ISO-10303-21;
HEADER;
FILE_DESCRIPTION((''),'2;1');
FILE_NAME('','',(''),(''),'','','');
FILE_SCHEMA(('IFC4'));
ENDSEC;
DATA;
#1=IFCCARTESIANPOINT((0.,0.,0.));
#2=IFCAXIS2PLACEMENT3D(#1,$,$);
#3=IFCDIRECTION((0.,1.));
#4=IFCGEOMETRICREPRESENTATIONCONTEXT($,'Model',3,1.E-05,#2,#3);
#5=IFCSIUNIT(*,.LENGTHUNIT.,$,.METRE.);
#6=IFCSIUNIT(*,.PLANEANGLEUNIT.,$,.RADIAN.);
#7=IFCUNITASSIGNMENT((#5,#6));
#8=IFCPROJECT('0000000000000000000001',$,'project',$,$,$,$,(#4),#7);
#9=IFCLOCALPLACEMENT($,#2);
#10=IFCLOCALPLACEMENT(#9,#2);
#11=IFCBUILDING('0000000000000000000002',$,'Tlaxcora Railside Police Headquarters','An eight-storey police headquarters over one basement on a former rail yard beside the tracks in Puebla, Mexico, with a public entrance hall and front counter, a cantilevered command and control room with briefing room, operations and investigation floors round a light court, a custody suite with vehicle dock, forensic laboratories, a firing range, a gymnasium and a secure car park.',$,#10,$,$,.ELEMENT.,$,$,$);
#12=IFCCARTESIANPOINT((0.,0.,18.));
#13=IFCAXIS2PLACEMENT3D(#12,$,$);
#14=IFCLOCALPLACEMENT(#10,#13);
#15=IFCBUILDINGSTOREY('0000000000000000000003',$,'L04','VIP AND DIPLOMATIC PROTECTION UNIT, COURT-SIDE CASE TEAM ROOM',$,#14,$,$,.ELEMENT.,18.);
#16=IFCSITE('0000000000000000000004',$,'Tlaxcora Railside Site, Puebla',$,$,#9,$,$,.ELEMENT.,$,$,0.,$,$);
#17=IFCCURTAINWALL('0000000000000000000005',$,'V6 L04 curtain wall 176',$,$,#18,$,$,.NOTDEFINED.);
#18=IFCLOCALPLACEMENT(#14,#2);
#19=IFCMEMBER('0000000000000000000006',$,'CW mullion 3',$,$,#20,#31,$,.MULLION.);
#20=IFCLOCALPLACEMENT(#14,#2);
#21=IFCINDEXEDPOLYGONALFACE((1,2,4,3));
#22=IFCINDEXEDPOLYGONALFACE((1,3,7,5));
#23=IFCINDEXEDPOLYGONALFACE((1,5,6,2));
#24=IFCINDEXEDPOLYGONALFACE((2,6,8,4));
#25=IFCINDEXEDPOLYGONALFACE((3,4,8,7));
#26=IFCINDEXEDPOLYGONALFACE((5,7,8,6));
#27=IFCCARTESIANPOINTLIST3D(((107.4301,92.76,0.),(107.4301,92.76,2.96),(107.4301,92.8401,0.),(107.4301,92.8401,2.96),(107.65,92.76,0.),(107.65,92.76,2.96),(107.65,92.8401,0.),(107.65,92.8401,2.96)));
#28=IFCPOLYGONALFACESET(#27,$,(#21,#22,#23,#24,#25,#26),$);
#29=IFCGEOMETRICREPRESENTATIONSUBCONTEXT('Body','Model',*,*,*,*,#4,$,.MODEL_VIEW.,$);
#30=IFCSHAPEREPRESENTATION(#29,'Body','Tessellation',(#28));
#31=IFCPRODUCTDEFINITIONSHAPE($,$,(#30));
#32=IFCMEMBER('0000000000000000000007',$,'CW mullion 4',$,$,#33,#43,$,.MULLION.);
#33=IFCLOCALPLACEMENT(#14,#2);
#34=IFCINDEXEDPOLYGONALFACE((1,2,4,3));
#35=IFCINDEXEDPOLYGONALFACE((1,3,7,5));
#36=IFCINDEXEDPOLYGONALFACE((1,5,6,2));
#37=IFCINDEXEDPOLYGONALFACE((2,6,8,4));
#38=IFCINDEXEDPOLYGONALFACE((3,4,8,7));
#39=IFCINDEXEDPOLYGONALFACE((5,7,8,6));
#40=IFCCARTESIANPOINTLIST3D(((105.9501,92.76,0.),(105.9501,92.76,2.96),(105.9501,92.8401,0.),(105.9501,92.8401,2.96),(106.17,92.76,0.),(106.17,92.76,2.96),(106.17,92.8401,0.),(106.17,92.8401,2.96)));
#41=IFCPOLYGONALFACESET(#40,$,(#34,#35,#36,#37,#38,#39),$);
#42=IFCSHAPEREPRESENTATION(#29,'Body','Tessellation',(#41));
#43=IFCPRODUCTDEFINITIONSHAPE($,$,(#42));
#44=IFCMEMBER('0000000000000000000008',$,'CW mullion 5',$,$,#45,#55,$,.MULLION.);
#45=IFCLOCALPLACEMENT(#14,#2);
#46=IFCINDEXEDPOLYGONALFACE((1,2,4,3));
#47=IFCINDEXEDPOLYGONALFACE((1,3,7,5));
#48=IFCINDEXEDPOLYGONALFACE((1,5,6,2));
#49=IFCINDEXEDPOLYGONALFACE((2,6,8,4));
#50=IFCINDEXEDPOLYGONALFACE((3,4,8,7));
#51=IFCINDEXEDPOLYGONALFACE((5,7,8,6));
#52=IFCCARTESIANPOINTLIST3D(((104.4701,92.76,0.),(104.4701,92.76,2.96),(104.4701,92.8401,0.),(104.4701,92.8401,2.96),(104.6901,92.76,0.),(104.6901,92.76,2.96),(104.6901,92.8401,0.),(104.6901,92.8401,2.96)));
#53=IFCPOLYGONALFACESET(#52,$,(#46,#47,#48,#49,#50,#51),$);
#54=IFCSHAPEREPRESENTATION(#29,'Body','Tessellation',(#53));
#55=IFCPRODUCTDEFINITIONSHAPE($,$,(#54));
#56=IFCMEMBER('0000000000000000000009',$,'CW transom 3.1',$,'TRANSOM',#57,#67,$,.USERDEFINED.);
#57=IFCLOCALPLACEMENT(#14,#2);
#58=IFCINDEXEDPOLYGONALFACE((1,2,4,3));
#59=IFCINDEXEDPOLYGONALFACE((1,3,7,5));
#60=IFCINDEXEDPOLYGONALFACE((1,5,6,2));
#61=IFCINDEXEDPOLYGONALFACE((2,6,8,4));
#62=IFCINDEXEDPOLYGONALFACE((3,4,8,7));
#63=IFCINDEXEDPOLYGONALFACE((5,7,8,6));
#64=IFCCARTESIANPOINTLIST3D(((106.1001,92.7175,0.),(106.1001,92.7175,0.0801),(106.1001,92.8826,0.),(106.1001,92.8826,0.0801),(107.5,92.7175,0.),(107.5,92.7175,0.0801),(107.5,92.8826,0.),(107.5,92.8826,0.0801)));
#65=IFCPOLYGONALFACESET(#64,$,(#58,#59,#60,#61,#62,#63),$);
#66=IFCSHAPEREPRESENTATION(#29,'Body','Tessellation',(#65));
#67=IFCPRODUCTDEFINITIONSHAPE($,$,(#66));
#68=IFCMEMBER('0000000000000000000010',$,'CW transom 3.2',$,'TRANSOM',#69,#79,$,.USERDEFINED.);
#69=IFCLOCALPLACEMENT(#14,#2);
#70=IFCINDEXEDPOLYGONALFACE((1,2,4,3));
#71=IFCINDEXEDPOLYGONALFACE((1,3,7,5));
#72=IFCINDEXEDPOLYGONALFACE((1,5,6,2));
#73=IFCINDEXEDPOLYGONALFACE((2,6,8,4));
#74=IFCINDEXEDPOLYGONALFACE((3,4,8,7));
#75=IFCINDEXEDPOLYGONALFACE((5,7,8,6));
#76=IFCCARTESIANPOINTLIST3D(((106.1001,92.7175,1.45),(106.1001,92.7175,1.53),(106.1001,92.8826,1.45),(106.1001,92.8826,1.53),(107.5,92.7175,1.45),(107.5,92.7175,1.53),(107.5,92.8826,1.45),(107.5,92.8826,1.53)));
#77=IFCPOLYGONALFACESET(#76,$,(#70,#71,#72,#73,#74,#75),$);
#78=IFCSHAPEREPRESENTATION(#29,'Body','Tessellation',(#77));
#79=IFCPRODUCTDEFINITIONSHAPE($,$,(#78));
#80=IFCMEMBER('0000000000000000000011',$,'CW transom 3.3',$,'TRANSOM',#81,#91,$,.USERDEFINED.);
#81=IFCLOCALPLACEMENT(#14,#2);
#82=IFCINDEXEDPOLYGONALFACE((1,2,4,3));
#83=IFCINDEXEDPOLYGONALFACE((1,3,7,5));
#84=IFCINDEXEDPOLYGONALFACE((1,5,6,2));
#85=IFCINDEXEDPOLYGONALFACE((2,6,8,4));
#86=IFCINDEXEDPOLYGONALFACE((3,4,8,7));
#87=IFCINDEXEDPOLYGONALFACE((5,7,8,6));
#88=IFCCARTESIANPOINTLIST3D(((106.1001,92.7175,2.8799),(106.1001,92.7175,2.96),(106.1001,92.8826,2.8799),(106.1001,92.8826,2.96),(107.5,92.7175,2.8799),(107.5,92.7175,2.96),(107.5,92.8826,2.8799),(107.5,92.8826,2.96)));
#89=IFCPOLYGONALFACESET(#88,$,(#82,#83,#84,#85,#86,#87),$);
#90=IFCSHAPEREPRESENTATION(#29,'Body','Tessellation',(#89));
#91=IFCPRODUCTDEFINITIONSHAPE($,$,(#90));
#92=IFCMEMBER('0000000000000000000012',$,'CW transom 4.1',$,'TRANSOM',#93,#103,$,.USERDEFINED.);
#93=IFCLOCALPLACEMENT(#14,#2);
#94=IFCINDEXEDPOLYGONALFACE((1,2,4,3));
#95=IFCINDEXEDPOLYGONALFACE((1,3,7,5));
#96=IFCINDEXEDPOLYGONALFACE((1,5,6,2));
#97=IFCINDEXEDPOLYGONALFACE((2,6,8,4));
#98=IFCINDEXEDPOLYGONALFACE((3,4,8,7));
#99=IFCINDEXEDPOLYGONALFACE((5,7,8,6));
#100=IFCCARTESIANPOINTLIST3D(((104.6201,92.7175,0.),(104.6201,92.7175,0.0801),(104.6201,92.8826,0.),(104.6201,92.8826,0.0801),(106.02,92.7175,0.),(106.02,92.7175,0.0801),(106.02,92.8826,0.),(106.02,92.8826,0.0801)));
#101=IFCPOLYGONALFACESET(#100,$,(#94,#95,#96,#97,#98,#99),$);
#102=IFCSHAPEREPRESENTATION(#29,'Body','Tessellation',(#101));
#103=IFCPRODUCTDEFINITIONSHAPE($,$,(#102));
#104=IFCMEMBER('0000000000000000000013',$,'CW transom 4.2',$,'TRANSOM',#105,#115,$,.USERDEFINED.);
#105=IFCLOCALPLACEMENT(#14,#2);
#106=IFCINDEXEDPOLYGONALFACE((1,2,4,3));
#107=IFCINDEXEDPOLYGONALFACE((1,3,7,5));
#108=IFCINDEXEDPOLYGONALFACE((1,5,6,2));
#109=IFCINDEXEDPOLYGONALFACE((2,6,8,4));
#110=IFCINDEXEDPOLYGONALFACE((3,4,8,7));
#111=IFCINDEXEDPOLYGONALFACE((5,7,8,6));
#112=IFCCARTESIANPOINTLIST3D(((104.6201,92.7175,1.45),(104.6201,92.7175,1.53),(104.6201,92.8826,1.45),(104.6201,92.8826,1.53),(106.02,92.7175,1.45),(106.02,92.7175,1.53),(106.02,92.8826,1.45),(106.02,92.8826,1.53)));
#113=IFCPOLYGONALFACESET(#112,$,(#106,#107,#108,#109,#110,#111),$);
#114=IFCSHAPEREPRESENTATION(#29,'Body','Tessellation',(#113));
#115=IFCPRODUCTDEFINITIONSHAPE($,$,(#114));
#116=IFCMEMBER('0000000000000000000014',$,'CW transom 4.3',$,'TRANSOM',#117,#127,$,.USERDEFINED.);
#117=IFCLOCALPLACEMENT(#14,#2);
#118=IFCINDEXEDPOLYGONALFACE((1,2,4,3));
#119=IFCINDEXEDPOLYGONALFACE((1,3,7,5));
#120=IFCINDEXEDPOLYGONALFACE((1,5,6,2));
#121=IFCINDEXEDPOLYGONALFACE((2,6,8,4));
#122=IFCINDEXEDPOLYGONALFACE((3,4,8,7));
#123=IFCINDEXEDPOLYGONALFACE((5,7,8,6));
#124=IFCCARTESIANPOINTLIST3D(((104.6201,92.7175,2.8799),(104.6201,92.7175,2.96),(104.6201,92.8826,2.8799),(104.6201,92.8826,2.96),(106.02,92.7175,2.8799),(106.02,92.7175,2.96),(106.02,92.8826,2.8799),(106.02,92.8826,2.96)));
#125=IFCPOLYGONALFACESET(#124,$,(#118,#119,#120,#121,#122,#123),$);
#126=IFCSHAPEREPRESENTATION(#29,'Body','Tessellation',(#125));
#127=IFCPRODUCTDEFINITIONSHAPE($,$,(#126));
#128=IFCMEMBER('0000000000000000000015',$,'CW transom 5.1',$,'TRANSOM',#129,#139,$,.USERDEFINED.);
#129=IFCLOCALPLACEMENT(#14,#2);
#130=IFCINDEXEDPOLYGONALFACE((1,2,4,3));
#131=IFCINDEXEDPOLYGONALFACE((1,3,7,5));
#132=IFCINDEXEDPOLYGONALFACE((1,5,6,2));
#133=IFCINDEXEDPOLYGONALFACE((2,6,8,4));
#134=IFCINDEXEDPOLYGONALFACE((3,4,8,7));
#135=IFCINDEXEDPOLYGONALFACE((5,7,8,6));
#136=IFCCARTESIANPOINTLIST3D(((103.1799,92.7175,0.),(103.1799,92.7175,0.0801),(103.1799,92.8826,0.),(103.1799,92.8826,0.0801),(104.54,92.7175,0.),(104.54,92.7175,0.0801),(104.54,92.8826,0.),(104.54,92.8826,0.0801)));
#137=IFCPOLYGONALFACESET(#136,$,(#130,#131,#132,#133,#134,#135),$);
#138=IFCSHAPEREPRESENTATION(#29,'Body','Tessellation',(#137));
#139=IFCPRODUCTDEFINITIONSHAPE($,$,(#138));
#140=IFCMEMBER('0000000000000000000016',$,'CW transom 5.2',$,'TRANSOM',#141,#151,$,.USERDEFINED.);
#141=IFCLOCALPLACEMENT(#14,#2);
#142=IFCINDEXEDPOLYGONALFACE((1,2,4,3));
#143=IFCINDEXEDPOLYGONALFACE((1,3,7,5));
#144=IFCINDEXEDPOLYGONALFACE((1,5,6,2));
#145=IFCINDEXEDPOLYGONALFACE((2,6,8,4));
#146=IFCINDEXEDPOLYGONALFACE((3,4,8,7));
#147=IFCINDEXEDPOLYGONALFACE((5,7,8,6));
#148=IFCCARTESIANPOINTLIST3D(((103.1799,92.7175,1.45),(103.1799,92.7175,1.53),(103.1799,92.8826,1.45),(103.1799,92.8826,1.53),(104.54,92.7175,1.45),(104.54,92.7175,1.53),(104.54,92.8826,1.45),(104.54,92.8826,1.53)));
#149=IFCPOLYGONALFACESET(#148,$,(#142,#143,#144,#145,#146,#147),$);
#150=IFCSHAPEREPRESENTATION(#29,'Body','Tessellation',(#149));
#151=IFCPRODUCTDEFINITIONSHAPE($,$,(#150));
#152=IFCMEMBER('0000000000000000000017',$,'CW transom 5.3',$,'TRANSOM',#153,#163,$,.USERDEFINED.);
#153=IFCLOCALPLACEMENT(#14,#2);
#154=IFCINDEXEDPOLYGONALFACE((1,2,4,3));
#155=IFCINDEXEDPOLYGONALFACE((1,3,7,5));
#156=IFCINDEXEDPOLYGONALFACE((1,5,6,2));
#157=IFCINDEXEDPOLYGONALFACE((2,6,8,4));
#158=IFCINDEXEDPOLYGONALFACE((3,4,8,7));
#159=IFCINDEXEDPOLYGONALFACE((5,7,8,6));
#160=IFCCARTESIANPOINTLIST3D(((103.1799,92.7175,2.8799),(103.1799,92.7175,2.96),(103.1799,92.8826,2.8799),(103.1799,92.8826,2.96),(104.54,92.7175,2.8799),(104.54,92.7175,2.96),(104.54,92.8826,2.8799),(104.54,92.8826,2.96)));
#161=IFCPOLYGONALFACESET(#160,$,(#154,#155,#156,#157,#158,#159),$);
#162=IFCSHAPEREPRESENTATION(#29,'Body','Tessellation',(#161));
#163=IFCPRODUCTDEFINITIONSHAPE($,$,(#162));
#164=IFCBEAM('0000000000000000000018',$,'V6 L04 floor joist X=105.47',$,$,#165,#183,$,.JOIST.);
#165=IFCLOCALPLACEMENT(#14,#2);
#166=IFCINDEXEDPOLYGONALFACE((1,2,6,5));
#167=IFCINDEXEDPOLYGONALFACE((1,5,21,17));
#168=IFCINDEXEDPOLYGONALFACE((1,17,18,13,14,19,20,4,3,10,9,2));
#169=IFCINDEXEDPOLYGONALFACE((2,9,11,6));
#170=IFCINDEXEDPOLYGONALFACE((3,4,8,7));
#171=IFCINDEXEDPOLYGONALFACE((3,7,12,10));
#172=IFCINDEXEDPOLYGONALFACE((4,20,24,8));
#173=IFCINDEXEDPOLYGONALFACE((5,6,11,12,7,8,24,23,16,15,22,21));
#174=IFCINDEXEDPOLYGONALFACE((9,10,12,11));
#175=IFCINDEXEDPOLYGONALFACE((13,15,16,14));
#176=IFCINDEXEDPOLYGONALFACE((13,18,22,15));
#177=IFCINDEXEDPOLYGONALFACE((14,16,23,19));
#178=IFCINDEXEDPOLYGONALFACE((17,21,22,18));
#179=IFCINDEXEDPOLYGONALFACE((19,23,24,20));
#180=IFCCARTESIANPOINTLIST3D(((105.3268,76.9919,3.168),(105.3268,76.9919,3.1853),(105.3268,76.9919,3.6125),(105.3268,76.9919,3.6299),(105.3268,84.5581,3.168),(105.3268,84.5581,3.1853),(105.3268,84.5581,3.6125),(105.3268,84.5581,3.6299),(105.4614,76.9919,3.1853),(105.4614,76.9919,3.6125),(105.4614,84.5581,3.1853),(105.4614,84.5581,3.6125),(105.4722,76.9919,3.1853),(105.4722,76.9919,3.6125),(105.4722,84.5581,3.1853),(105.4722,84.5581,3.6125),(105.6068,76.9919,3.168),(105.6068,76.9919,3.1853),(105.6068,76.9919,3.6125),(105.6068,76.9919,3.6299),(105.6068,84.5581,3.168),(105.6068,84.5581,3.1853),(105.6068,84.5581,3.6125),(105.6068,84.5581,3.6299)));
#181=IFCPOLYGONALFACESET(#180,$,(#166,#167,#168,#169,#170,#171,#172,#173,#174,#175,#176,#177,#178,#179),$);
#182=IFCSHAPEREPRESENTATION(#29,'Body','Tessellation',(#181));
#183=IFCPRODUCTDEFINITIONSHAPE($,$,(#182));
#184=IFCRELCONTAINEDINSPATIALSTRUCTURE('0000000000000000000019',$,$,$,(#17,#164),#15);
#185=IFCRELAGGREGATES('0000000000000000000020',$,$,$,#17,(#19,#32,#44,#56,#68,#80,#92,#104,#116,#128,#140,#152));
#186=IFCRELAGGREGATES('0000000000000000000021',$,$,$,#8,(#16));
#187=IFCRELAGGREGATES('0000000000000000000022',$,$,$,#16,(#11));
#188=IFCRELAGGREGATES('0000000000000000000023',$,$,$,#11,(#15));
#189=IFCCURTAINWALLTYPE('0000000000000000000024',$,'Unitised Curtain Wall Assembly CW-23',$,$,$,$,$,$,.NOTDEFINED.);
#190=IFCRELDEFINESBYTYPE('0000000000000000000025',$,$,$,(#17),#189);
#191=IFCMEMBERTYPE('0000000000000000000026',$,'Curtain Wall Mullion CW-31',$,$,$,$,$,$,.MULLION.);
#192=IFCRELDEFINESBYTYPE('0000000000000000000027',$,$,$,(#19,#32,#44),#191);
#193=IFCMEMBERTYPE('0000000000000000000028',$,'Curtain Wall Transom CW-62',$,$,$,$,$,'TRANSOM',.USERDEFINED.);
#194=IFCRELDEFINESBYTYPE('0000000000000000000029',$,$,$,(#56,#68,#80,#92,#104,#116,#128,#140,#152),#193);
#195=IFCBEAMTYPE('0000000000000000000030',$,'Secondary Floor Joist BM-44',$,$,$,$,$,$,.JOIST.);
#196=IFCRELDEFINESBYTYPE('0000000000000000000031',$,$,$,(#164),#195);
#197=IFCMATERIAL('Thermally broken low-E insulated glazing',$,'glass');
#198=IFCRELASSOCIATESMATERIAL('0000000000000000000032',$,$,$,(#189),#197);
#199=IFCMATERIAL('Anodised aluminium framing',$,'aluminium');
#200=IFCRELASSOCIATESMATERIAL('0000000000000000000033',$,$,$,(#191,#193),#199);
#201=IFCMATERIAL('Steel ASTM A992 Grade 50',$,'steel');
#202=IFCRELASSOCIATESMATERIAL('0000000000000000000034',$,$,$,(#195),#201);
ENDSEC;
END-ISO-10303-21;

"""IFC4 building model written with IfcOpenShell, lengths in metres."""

from ifc_helpers import new_model, si_unit, direction, frame, origin, origin_2d, place, context, subcontext, project, spatial, rectangle, i_section, extrude, material, material_profile, profile_set, type_object, element, aggregate, save


model = new_model("IFC4")

# Units and contexts
model_context = context("Model", 3, precision=1e-05, world=origin(), true_north=direction((0.0, 1.0)))
body_context = subcontext(model_context, "Body", "Model", "MODEL_VIEW")
ifc_project = project(units=[si_unit("LENGTHUNIT", "METRE"), si_unit("PLANEANGLEUNIT", "RADIAN")], contexts=[model_context])

# Site, building, storey
site_placement = place(None, origin())
site = spatial("IfcSite", under=ifc_project, at=site_placement, Name="Tlaxcora Railside Site, Puebla", CompositionType="ELEMENT", RefElevation=0.0)
building_placement = place(site_placement, origin())
building = spatial("IfcBuilding", under=site, at=building_placement, Name="Tlaxcora Railside Police Headquarters", Description="An eight-storey police headquarters over one basement on a former rail yard beside the tracks in Puebla, Mexico, with a public entrance hall and front counter, a cantilevered command and control room with briefing room, operations and investigation floors round a light court, a custody suite with vehicle dock, forensic laboratories, a firing range, a gymnasium and a secure car park.", CompositionType="ELEMENT")
storey_placement = place(building_placement, frame((0.0, 0.0, 18.0)))
storey = spatial("IfcBuildingStorey", under=building, at=storey_placement, Name="L04", Description="VIP AND DIPLOMATIC PROTECTION UNIT, COURT-SIDE CASE TEAM ROOM", CompositionType="ELEMENT", Elevation=18.0)

# Curtain wall, members
ifc_material_1 = material(Name="Thermally broken low-E insulated glazing", Category="glass")
curtain_wall_type = type_object("IfcCurtainWallType", Name="Unitised Curtain Wall Assembly CW-23", PredefinedType="NOTDEFINED", material=ifc_material_1)
curtain_wall_placement = place(storey_placement, origin())
curtain_wall = element("IfcCurtainWall", 1, at=curtain_wall_placement, inside=storey, type_object=curtain_wall_type, Name="V6 L04 curtain wall 176", PredefinedType="NOTDEFINED")
ifc_material_2 = material(Name="Anodised aluminium framing", Category="aluminium")
ifc_material_profile_1 = material_profile(ifc_material_2, rectangle(XDim=0.0801, YDim=0.22, at=origin_2d()), Name="AL80X220")
ifc_profile_set_1 = profile_set([ifc_material_profile_1], Name="Anodised aluminium framing")
member_type_1 = type_object("IfcMemberType", Name="Curtain Wall Mullion CW-31", PredefinedType="MULLION", material=ifc_profile_set_1)
member_1_placement = place(storey_placement, frame((107.54, 92.8, 0.0), z_axis=(0.0, 0.0, 1.0), x_axis=(0.0, -1.0, 0.0)))
member_1 = element("IfcMember", 2, at=member_1_placement, type_object=member_type_1, Name="CW mullion 3", PredefinedType="MULLION", context=body_context, shape_type="SweptSolid", body=[
    extrude(rectangle(XDim=0.0801, YDim=0.22, at=origin_2d()), origin(), (0.0, 0.0, 1.0), 2.96),
])
member_2_placement = place(storey_placement, frame((106.0601, 92.8, 0.0), z_axis=(0.0, 0.0, 1.0), x_axis=(0.0, -1.0, 0.0)))
member_2 = element("IfcMember", 3, at=member_2_placement, type_object=member_type_1, Name="CW mullion 4", PredefinedType="MULLION", context=body_context, shape_type="SweptSolid", body=[
    extrude(rectangle(XDim=0.0801, YDim=0.22, at=origin_2d()), origin(), (0.0, 0.0, 1.0), 2.96),
])
member_3_placement = place(storey_placement, frame((104.5801, 92.8, 0.0), z_axis=(0.0, 0.0, 1.0), x_axis=(0.0, -1.0, 0.0)))
member_3 = element("IfcMember", 4, at=member_3_placement, type_object=member_type_1, Name="CW mullion 5", PredefinedType="MULLION", context=body_context, shape_type="SweptSolid", body=[
    extrude(rectangle(XDim=0.0801, YDim=0.22, at=origin_2d()), origin(), (0.0, 0.0, 1.0), 2.96),
])
ifc_material_profile_2 = material_profile(ifc_material_2, rectangle(XDim=0.165, YDim=0.0801, at=origin_2d()), Name="AL80X165")
ifc_profile_set_2 = profile_set([ifc_material_profile_2], Name="Anodised aluminium framing")
member_type_2 = type_object("IfcMemberType", Name="Curtain Wall Transom CW-62", ElementType="TRANSOM", PredefinedType="USERDEFINED", material=ifc_profile_set_2)
member_4_placement = place(storey_placement, frame((107.5, 92.8, 0.04), z_axis=(-1.0, 0.0, 0.0), x_axis=(0.0, -1.0, 0.0)))
member_4 = element("IfcMember", 5, at=member_4_placement, type_object=member_type_2, Name="CW transom 3.1", ObjectType="TRANSOM", PredefinedType="USERDEFINED", context=body_context, shape_type="SweptSolid", body=[
    extrude(rectangle(XDim=0.165, YDim=0.0801, at=origin_2d()), origin(), (0.0, 0.0, 1.0), 1.3999),
])
member_5_placement = place(storey_placement, frame((107.5, 92.8, 1.49), z_axis=(-1.0, 0.0, 0.0), x_axis=(0.0, -1.0, 0.0)))
member_5 = element("IfcMember", 6, at=member_5_placement, type_object=member_type_2, Name="CW transom 3.2", ObjectType="TRANSOM", PredefinedType="USERDEFINED", context=body_context, shape_type="SweptSolid", body=[
    extrude(rectangle(XDim=0.165, YDim=0.0801, at=origin_2d()), origin(), (0.0, 0.0, 1.0), 1.3999),
])
member_6_placement = place(storey_placement, frame((107.5, 92.8, 2.9199), z_axis=(-1.0, 0.0, 0.0), x_axis=(0.0, -1.0, 0.0)))
member_6 = element("IfcMember", 7, at=member_6_placement, type_object=member_type_2, Name="CW transom 3.3", ObjectType="TRANSOM", PredefinedType="USERDEFINED", context=body_context, shape_type="SweptSolid", body=[
    extrude(rectangle(XDim=0.165, YDim=0.0801, at=origin_2d()), origin(), (0.0, 0.0, 1.0), 1.3999),
])
member_7_placement = place(storey_placement, frame((106.02, 92.8, 0.04), z_axis=(-1.0, 0.0, 0.0), x_axis=(0.0, -1.0, 0.0)))
member_7 = element("IfcMember", 8, at=member_7_placement, type_object=member_type_2, Name="CW transom 4.1", ObjectType="TRANSOM", PredefinedType="USERDEFINED", context=body_context, shape_type="SweptSolid", body=[
    extrude(rectangle(XDim=0.165, YDim=0.0801, at=origin_2d()), origin(), (0.0, 0.0, 1.0), 1.3999),
])
member_8_placement = place(storey_placement, frame((106.02, 92.8, 1.49), z_axis=(-1.0, 0.0, 0.0), x_axis=(0.0, -1.0, 0.0)))
member_8 = element("IfcMember", 9, at=member_8_placement, type_object=member_type_2, Name="CW transom 4.2", ObjectType="TRANSOM", PredefinedType="USERDEFINED", context=body_context, shape_type="SweptSolid", body=[
    extrude(rectangle(XDim=0.165, YDim=0.0801, at=origin_2d()), origin(), (0.0, 0.0, 1.0), 1.3999),
])
member_9_placement = place(storey_placement, frame((106.02, 92.8, 2.9199), z_axis=(-1.0, 0.0, 0.0), x_axis=(0.0, -1.0, 0.0)))
member_9 = element("IfcMember", 10, at=member_9_placement, type_object=member_type_2, Name="CW transom 4.3", ObjectType="TRANSOM", PredefinedType="USERDEFINED", context=body_context, shape_type="SweptSolid", body=[
    extrude(rectangle(XDim=0.165, YDim=0.0801, at=origin_2d()), origin(), (0.0, 0.0, 1.0), 1.3999),
])
member_10_placement = place(storey_placement, frame((104.54, 92.8, 0.04), z_axis=(-1.0, 0.0, 0.0), x_axis=(0.0, -1.0, 0.0)))
member_10 = element("IfcMember", 11, at=member_10_placement, type_object=member_type_2, Name="CW transom 5.1", ObjectType="TRANSOM", PredefinedType="USERDEFINED", context=body_context, shape_type="SweptSolid", body=[
    extrude(rectangle(XDim=0.165, YDim=0.0801, at=origin_2d()), origin(), (0.0, 0.0, 1.0), 1.3601),
])
member_11_placement = place(storey_placement, frame((104.54, 92.8, 1.49), z_axis=(-1.0, 0.0, 0.0), x_axis=(0.0, -1.0, 0.0)))
member_11 = element("IfcMember", 12, at=member_11_placement, type_object=member_type_2, Name="CW transom 5.2", ObjectType="TRANSOM", PredefinedType="USERDEFINED", context=body_context, shape_type="SweptSolid", body=[
    extrude(rectangle(XDim=0.165, YDim=0.0801, at=origin_2d()), origin(), (0.0, 0.0, 1.0), 1.3601),
])
member_12_placement = place(storey_placement, frame((104.54, 92.8, 2.9199), z_axis=(-1.0, 0.0, 0.0), x_axis=(0.0, -1.0, 0.0)))
member_12 = element("IfcMember", 13, at=member_12_placement, type_object=member_type_2, Name="CW transom 5.3", ObjectType="TRANSOM", PredefinedType="USERDEFINED", context=body_context, shape_type="SweptSolid", body=[
    extrude(rectangle(XDim=0.165, YDim=0.0801, at=origin_2d()), origin(), (0.0, 0.0, 1.0), 1.3601),
])

# Beam
ifc_material_3 = material(Name="Steel ASTM A992 Grade 50", Category="steel")
ifc_material_profile_3 = material_profile(ifc_material_3, i_section(OverallWidth=0.28, OverallDepth=0.4619, WebThickness=0.0107, FlangeThickness=0.0173, at=origin_2d()), Name="W18X76")
ifc_profile_set_3 = profile_set([ifc_material_profile_3], Name="Steel ASTM A992 Grade 50")
beam_type = type_object("IfcBeamType", Name="Secondary Floor Joist BM-44", PredefinedType="JOIST", material=ifc_profile_set_3)
beam_1_placement = place(storey_placement, frame((105.4668, 76.9919, 3.3989), z_axis=(0.0, 1.0, 0.0), x_axis=(-1.0, 0.0, 0.0)))
element("IfcBeam", 14, at=beam_1_placement, inside=storey, type_object=beam_type, Name="V6 L04 floor joist X=105.47", PredefinedType="JOIST", context=body_context, shape_type="SweptSolid", body=[
    extrude(i_section(OverallWidth=0.28, OverallDepth=0.4619, WebThickness=0.0107, FlangeThickness=0.0173, at=origin_2d()), origin(), (0.0, 0.0, 1.0), 7.5662),
])

aggregate(curtain_wall, [member_1, member_2, member_3, member_4, member_5, member_6, member_7, member_8, member_9, member_10, member_11, member_12])

save(model, "model.ifc")
